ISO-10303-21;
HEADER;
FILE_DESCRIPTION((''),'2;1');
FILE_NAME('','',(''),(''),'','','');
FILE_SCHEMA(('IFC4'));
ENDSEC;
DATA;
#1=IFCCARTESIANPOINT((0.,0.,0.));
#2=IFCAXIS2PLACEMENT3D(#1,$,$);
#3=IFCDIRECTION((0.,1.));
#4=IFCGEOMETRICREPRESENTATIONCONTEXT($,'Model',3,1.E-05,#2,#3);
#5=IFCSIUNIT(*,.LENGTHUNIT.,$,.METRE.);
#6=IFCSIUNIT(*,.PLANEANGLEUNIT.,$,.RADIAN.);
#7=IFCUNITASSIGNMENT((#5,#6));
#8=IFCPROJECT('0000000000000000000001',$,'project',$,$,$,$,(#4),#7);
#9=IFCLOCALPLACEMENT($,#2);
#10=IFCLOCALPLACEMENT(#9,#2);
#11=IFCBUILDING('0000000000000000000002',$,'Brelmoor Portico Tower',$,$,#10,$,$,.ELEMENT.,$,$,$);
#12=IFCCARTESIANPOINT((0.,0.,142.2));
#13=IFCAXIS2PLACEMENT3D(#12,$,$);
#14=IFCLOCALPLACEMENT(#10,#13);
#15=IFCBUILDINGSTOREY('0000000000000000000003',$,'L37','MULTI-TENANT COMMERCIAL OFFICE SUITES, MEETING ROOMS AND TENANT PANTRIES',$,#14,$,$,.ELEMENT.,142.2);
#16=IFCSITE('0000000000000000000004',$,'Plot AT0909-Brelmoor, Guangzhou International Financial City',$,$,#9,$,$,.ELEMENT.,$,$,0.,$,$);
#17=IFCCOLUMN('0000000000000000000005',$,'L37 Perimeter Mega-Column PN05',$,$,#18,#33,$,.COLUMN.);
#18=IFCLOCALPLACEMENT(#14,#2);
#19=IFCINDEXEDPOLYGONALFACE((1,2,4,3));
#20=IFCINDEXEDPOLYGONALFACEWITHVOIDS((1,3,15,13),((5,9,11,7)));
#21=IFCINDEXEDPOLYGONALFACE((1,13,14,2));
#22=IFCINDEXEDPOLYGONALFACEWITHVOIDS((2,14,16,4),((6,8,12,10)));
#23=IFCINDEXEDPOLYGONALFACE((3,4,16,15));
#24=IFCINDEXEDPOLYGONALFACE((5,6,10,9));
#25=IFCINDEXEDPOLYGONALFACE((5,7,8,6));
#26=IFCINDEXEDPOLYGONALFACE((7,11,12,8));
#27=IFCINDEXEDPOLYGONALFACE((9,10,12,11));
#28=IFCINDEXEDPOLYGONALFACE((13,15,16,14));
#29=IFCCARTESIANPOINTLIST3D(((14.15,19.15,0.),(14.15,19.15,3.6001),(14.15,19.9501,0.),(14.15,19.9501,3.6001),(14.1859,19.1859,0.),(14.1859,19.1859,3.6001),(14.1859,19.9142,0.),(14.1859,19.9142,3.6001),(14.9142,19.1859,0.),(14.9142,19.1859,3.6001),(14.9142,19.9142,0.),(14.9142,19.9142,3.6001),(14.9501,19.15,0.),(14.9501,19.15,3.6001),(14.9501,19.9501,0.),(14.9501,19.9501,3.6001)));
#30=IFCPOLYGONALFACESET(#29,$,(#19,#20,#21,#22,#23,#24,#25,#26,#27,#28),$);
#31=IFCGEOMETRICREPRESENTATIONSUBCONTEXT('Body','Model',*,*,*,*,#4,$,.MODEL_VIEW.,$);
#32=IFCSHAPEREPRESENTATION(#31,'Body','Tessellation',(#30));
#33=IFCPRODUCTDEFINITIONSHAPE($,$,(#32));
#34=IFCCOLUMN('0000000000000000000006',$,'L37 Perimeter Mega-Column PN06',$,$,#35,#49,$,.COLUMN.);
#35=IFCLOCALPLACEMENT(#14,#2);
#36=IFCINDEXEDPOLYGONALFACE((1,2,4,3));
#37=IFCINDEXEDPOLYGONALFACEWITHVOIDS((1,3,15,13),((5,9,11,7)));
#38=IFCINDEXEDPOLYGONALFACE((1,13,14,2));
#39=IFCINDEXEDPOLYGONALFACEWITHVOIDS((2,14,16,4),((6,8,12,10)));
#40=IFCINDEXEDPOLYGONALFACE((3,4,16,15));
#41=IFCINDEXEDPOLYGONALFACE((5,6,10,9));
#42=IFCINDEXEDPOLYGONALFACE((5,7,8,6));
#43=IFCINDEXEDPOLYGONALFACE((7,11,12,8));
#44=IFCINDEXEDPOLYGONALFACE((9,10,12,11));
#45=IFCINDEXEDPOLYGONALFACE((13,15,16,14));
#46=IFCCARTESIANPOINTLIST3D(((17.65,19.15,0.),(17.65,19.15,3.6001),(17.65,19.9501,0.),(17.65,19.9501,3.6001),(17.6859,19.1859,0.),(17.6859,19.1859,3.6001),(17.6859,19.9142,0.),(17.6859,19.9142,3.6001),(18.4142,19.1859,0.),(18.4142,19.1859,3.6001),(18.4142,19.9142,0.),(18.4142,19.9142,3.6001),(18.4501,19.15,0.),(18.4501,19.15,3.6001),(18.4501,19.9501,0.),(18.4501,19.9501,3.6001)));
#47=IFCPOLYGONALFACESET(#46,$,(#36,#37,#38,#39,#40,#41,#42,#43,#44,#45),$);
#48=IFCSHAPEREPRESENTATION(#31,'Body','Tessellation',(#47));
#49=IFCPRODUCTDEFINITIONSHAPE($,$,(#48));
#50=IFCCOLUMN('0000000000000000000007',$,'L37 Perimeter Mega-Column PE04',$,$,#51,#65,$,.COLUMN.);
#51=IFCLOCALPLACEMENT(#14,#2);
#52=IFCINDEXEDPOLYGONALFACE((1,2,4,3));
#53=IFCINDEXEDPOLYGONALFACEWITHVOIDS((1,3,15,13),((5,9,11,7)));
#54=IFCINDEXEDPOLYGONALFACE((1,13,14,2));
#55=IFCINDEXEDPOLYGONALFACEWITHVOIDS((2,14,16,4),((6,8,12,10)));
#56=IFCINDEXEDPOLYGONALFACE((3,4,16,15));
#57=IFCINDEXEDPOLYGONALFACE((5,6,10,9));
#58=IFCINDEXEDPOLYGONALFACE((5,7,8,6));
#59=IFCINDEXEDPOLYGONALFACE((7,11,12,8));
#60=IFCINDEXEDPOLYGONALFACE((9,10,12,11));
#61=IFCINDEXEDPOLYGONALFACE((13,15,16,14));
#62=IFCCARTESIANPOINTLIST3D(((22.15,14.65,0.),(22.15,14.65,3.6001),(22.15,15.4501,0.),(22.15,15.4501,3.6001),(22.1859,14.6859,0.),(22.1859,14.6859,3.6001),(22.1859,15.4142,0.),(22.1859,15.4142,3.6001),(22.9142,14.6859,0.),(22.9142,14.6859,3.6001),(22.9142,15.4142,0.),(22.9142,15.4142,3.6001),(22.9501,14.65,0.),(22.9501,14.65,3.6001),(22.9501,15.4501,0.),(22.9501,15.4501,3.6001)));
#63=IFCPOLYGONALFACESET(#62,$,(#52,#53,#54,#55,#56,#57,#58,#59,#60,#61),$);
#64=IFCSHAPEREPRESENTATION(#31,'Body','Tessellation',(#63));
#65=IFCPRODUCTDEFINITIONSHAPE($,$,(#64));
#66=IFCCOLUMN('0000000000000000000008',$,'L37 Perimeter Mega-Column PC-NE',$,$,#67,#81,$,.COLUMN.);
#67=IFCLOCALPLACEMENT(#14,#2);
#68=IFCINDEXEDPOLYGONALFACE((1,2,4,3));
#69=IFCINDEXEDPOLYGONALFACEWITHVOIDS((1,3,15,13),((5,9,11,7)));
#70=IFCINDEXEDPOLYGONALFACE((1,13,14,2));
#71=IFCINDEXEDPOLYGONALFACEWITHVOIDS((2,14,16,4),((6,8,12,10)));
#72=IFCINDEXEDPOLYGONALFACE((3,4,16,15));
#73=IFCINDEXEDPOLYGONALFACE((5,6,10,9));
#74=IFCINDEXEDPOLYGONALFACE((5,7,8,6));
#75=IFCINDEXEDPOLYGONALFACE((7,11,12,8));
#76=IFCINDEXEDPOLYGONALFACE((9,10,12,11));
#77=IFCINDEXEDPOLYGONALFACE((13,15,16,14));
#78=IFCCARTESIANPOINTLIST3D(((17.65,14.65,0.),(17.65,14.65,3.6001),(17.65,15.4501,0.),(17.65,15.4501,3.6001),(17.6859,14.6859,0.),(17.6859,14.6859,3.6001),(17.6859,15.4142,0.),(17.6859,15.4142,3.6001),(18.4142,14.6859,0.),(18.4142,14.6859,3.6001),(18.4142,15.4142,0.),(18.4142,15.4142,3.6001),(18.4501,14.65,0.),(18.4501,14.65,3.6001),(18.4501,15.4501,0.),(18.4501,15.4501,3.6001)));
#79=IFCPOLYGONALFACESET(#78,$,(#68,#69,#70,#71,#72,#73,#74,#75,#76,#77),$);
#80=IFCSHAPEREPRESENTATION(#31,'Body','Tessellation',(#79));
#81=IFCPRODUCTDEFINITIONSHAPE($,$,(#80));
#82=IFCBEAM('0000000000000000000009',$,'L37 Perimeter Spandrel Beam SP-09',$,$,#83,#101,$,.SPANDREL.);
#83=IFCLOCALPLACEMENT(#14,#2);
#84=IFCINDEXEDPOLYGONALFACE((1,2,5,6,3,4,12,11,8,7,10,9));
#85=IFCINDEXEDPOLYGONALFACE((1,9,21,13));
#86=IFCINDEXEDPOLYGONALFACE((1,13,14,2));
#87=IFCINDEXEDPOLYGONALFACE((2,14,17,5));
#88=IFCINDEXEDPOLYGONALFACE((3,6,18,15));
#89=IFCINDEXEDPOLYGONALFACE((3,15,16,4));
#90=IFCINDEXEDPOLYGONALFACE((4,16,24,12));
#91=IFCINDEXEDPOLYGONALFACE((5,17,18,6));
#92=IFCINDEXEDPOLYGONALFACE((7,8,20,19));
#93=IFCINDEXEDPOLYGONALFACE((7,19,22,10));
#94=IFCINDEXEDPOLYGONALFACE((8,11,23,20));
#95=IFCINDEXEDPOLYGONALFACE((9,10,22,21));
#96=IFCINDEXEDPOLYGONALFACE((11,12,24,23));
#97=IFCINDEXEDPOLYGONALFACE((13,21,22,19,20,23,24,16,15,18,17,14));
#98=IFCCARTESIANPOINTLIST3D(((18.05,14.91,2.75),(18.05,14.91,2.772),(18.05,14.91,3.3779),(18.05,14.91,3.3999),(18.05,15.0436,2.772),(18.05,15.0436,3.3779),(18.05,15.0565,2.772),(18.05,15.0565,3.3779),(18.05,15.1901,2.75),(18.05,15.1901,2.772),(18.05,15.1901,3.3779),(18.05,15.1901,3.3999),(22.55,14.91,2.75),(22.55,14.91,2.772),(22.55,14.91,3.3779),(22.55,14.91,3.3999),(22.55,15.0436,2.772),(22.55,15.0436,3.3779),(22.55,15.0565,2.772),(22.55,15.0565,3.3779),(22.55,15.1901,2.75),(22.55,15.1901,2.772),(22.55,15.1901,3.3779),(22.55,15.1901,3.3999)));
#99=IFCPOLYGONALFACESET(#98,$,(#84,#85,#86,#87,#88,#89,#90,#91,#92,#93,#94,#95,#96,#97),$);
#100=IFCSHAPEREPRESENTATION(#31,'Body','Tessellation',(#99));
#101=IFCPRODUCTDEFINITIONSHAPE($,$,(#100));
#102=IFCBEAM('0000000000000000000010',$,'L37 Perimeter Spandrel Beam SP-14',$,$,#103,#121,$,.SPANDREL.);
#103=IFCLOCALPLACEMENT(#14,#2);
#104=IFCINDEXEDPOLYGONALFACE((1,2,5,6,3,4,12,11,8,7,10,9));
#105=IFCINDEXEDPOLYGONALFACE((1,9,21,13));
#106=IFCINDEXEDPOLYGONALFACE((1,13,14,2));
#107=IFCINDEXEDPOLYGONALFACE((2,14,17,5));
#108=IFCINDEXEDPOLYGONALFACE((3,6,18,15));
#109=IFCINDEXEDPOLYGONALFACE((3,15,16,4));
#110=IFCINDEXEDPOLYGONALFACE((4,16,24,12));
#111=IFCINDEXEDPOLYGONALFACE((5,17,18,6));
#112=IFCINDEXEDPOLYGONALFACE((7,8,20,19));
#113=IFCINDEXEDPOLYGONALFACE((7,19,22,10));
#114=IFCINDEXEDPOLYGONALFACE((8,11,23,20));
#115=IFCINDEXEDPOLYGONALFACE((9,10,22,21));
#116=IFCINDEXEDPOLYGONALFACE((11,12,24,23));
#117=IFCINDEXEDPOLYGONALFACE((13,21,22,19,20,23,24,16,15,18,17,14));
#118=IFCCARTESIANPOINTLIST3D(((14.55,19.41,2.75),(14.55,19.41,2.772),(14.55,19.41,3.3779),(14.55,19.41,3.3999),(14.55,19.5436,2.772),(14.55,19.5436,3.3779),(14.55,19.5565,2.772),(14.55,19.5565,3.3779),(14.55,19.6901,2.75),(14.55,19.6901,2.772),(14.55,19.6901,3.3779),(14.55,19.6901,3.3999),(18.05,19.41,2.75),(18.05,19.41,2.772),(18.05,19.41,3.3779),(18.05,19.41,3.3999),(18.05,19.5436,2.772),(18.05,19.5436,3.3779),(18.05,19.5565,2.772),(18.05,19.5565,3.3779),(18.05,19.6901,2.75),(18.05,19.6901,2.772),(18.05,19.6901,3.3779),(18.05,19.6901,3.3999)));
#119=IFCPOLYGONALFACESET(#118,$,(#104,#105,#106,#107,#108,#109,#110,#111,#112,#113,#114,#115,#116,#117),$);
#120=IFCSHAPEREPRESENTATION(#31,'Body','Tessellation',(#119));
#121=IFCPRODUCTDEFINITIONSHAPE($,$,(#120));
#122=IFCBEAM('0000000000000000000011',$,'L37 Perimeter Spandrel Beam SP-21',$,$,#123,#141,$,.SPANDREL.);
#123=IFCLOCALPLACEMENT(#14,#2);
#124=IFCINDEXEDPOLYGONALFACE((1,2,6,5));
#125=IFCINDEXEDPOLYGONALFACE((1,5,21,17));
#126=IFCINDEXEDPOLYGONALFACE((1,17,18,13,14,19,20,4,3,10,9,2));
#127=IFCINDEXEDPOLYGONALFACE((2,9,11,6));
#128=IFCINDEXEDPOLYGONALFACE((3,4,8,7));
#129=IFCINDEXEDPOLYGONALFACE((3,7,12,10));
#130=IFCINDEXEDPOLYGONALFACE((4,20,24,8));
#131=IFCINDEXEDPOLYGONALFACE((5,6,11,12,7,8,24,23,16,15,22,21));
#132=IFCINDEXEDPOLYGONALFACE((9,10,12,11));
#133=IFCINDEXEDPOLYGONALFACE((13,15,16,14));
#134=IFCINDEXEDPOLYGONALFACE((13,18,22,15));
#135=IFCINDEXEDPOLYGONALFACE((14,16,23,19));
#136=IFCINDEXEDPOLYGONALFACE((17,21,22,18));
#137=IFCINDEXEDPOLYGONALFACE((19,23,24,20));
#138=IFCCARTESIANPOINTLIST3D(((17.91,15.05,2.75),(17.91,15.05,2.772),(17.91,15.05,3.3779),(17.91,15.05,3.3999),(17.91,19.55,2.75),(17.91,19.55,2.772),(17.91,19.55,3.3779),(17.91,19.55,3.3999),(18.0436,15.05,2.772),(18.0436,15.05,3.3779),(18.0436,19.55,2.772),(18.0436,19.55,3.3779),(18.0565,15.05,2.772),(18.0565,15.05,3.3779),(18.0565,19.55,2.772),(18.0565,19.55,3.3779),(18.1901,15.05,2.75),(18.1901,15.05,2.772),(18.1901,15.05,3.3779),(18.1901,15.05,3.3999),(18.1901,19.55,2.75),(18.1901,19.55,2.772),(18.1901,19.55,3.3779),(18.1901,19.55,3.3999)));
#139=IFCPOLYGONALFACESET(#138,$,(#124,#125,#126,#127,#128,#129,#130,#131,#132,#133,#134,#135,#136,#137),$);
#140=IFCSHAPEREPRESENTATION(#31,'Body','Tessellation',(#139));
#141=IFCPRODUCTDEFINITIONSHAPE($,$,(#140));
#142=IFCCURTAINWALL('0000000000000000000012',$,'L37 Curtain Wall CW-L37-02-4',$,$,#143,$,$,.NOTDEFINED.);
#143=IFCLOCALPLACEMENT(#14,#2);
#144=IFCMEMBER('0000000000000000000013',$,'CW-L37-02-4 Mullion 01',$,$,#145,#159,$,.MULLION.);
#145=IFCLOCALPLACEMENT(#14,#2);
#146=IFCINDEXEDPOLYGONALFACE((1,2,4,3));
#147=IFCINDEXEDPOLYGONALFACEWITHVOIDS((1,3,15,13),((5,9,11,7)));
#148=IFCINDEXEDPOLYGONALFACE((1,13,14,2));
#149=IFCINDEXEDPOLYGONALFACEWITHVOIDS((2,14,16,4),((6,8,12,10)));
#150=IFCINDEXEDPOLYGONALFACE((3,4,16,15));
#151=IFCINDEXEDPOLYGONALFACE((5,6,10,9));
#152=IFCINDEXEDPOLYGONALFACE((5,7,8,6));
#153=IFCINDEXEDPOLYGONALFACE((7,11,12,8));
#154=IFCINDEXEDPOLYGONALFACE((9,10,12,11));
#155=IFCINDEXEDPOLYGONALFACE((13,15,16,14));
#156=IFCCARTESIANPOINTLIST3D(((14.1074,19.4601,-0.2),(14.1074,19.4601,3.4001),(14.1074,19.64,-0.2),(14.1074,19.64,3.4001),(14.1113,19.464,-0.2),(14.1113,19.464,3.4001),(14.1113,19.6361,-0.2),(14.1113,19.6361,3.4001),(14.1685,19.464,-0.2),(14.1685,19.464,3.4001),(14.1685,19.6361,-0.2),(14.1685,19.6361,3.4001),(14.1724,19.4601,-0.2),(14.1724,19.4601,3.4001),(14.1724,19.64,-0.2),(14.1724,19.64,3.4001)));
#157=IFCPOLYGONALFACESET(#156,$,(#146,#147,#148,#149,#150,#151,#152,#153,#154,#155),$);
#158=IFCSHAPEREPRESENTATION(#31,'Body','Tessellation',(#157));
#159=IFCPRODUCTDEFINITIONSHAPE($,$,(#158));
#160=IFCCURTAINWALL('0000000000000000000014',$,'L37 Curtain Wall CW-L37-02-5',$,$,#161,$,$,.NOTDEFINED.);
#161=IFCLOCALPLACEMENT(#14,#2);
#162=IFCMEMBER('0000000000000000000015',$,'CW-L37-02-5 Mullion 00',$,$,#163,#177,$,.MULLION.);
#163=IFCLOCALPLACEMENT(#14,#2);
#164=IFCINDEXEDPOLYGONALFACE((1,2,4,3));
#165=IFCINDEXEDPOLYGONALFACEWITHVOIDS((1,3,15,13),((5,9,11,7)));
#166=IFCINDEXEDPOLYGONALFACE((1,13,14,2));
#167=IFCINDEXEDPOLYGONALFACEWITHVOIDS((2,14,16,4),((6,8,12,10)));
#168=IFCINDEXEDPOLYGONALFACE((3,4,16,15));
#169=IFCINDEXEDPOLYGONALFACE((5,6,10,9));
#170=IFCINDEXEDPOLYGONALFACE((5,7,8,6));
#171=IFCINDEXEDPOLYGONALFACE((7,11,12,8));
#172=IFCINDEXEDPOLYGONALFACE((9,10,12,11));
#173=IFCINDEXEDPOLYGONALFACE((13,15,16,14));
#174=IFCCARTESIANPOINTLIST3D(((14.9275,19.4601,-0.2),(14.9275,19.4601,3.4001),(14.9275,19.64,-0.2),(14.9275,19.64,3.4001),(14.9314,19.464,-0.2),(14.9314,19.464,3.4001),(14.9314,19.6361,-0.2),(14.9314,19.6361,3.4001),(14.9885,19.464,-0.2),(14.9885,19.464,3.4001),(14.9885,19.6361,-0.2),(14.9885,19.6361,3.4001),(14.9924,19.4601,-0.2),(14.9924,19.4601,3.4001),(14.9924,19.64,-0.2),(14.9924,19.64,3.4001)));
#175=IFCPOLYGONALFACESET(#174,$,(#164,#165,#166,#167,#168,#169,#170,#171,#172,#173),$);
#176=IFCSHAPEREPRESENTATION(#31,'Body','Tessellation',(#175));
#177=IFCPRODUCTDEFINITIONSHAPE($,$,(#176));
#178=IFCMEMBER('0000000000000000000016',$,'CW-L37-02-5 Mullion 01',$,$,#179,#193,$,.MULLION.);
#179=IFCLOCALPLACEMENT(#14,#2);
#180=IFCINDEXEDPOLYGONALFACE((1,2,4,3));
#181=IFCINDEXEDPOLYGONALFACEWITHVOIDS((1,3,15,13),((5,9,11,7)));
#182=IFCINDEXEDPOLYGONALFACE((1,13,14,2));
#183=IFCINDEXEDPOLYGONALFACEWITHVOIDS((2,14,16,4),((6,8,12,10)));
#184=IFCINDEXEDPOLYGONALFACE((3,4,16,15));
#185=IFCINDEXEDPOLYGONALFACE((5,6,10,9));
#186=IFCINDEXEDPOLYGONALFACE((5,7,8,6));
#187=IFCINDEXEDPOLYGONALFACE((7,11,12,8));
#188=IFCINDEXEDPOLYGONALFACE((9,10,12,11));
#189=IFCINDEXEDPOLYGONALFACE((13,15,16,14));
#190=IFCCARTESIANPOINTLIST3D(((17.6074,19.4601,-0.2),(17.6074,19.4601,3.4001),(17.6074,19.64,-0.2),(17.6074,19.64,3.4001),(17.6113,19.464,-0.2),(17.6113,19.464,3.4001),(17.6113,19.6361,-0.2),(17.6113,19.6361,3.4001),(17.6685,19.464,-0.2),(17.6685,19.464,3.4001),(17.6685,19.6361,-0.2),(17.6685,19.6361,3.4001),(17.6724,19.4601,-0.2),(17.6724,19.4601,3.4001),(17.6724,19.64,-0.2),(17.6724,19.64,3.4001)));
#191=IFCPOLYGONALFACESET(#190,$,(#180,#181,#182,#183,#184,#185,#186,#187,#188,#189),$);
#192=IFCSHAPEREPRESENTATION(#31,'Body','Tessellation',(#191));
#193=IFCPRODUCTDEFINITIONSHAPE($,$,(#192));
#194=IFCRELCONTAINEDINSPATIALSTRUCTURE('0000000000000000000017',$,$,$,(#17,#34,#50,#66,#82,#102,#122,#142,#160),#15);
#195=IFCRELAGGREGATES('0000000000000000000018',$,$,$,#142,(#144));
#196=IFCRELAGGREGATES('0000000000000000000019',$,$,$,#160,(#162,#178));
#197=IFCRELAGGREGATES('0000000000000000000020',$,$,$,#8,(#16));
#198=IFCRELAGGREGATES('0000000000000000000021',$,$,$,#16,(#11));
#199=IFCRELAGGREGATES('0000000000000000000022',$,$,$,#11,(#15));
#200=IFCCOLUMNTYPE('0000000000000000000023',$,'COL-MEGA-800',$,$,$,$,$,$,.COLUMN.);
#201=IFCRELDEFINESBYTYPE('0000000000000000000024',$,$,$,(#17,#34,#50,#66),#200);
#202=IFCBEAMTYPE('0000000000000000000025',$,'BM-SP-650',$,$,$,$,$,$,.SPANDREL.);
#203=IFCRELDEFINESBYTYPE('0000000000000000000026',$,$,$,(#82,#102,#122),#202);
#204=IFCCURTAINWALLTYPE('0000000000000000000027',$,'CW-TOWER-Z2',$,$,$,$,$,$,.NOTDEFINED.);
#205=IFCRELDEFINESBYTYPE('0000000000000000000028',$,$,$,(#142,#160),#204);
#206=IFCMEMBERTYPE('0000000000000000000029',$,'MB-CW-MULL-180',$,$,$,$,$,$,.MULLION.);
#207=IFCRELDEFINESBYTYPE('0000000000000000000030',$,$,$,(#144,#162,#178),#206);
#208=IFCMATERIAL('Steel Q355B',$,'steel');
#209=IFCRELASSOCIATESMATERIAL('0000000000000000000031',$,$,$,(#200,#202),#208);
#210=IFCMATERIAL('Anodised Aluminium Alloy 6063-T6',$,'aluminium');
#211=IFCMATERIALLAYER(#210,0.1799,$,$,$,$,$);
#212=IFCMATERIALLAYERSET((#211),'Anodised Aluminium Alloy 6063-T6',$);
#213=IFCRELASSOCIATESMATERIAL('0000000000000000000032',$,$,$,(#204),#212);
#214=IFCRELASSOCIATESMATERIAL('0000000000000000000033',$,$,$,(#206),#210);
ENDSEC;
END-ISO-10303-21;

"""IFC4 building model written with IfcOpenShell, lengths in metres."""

from ifc_helpers import new_model, si_unit, direction, frame, origin, origin_2d, place, context, subcontext, project, spatial, hollow_rectangle, i_section, extrude, material, layer, layer_set, material_profile, profile_set, type_object, element, aggregate, save


model = new_model("IFC4")

# Units and contexts
model_context = context("Model", 3, precision=1e-05, world=origin(), true_north=direction((0.0, 1.0)))
body_context = subcontext(model_context, "Body", "Model", "MODEL_VIEW")
ifc_project = project(units=[si_unit("LENGTHUNIT", "METRE"), si_unit("PLANEANGLEUNIT", "RADIAN")], contexts=[model_context])

# Site, building, storey
site_placement = place(None, origin())
site = spatial("IfcSite", under=ifc_project, at=site_placement, Name="Plot AT0909-Brelmoor, Guangzhou International Financial City", CompositionType="ELEMENT", RefElevation=0.0)
building_placement = place(site_placement, origin())
building = spatial("IfcBuilding", under=site, at=building_placement, Name="Brelmoor Portico Tower", CompositionType="ELEMENT")
storey_placement = place(building_placement, frame((0.0, 0.0, 142.2)))
storey = spatial("IfcBuildingStorey", under=building, at=storey_placement, Name="L37", Description="MULTI-TENANT COMMERCIAL OFFICE SUITES, MEETING ROOMS AND TENANT PANTRIES", CompositionType="ELEMENT", Elevation=142.2)

# Columns
ifc_material_1 = material(Name="Steel Q355B", Category="steel")
ifc_material_profile_1 = material_profile(ifc_material_1, hollow_rectangle(XDim=0.8, YDim=0.8, WallThickness=0.0359, at=origin_2d()), Name="BOX 800x800x36")
ifc_profile_set_1 = profile_set([ifc_material_profile_1], Name="Steel Q355B")
column_type = type_object("IfcColumnType", Name="COL-MEGA-800", PredefinedType="COLUMN", material=ifc_profile_set_1)
for number, where, z_axis, x_axis, name in (
    (1, (14.55, 19.55, 0.0), (0.0, 0.0, 1.0), (1.0, 0.0, 0.0), "L37 Perimeter Mega-Column PN05"),
    (2, (18.05, 19.55, 0.0), (0.0, 0.0, 1.0), (1.0, 0.0, 0.0), "L37 Perimeter Mega-Column PN06"),
    (3, (22.55, 15.05, 0.0), (0.0, 0.0, 1.0), (0.0, 1.0, 0.0), "L37 Perimeter Mega-Column PE04"),
    (4, (18.05, 15.05, 0.0), (0.0, 0.0, 1.0), (1.0, 0.0, 0.0), "L37 Perimeter Mega-Column PC-NE"),
):
    element("IfcColumn", number, at=place(storey_placement, frame(where, z_axis=z_axis, x_axis=x_axis)), inside=storey, type_object=column_type, Name=name, PredefinedType="COLUMN", context=body_context, shape_type="SweptSolid", body=[
        extrude(hollow_rectangle(XDim=0.8, YDim=0.8, WallThickness=0.0359, at=origin_2d()), origin(), (0.0, 0.0, 1.0), 3.6001),
    ])

# Beams
ifc_material_profile_2 = material_profile(ifc_material_1, i_section(OverallWidth=0.28, OverallDepth=0.6499, WebThickness=0.0129, FlangeThickness=0.022, at=origin_2d()), Name="HN 650x280x13x22")
ifc_profile_set_2 = profile_set([ifc_material_profile_2], Name="Steel Q355B")
beam_type = type_object("IfcBeamType", Name="BM-SP-650", PredefinedType="SPANDREL", material=ifc_profile_set_2)
beam_1_placement = place(storey_placement, frame((18.05, 15.05, 3.075), z_axis=(1.0, 0.0, 0.0), x_axis=(0.0, 1.0, 0.0)))
element("IfcBeam", 5, at=beam_1_placement, inside=storey, type_object=beam_type, Name="L37 Perimeter Spandrel Beam SP-09", PredefinedType="SPANDREL", context=body_context, shape_type="SweptSolid", body=[
    extrude(i_section(OverallWidth=0.28, OverallDepth=0.6499, WebThickness=0.0129, FlangeThickness=0.022, at=origin_2d()), origin(), (0.0, 0.0, 1.0), 4.5),
])
beam_2_placement = place(storey_placement, frame((14.55, 19.55, 3.075), z_axis=(1.0, 0.0, 0.0), x_axis=(0.0, 1.0, 0.0)))
element("IfcBeam", 6, at=beam_2_placement, inside=storey, type_object=beam_type, Name="L37 Perimeter Spandrel Beam SP-14", PredefinedType="SPANDREL", context=body_context, shape_type="SweptSolid", body=[
    extrude(i_section(OverallWidth=0.28, OverallDepth=0.6499, WebThickness=0.0129, FlangeThickness=0.022, at=origin_2d()), origin(), (0.0, 0.0, 1.0), 3.5),
])
beam_3_placement = place(storey_placement, frame((18.05, 15.05, 3.075), z_axis=(0.0, 1.0, 0.0), x_axis=(-1.0, 0.0, 0.0)))
element("IfcBeam", 7, at=beam_3_placement, inside=storey, type_object=beam_type, Name="L37 Perimeter Spandrel Beam SP-21", PredefinedType="SPANDREL", context=body_context, shape_type="SweptSolid", body=[
    extrude(i_section(OverallWidth=0.28, OverallDepth=0.6499, WebThickness=0.0129, FlangeThickness=0.022, at=origin_2d()), origin(), (0.0, 0.0, 1.0), 4.5),
])

# Curtain wall, member
ifc_material_2 = material(Name="Anodised Aluminium Alloy 6063-T6", Category="aluminium")
ifc_layer_1 = layer(ifc_material_2, 0.1799)
ifc_layer_set_1 = layer_set([ifc_layer_1], Name="Anodised Aluminium Alloy 6063-T6")
curtain_wall_type = type_object("IfcCurtainWallType", Name="CW-TOWER-Z2", PredefinedType="NOTDEFINED", material=ifc_layer_set_1)
curtain_wall_1_placement = place(storey_placement, origin())
curtain_wall_1 = element("IfcCurtainWall", 8, at=curtain_wall_1_placement, inside=storey, type_object=curtain_wall_type, Name="L37 Curtain Wall CW-L37-02-4", PredefinedType="NOTDEFINED")
ifc_material_profile_3 = material_profile(ifc_material_2, hollow_rectangle(XDim=0.0649, YDim=0.1799, WallThickness=0.0039, at=origin_2d()), Name="ALU MULLION 65x180")
ifc_profile_set_3 = profile_set([ifc_material_profile_3], Name="Anodised Aluminium Alloy 6063-T6")
member_type_1 = type_object("IfcMemberType", Name="MB-CW-MULL-180", PredefinedType="MULLION", material=ifc_profile_set_3)
member_1_placement = place(storey_placement, frame((14.1399, 19.55, -0.2), z_axis=(0.0, 0.0, 1.0), x_axis=(1.0, 0.0, 0.0)))
member_1 = element("IfcMember", 9, at=member_1_placement, type_object=member_type_1, Name="CW-L37-02-4 Mullion 01", PredefinedType="MULLION", context=body_context, shape_type="SweptSolid", body=[
    extrude(hollow_rectangle(XDim=0.0649, YDim=0.1799, WallThickness=0.0039, at=origin_2d()), origin(), (0.0, 0.0, 1.0), 3.6001),
])
aggregate(curtain_wall_1, [member_1])

# Curtain wall, members
curtain_wall_2_placement = place(storey_placement, origin())
curtain_wall_2 = element("IfcCurtainWall", 10, at=curtain_wall_2_placement, inside=storey, type_object=curtain_wall_type, Name="L37 Curtain Wall CW-L37-02-5", PredefinedType="NOTDEFINED")
member_2_placement = place(storey_placement, frame((14.96, 19.55, -0.2), z_axis=(0.0, 0.0, 1.0), x_axis=(1.0, 0.0, 0.0)))
member_2 = element("IfcMember", 11, at=member_2_placement, type_object=member_type_1, Name="CW-L37-02-5 Mullion 00", PredefinedType="MULLION", context=body_context, shape_type="SweptSolid", body=[
    extrude(hollow_rectangle(XDim=0.0649, YDim=0.1799, WallThickness=0.0039, at=origin_2d()), origin(), (0.0, 0.0, 1.0), 3.6001),
])
member_3_placement = place(storey_placement, frame((17.6399, 19.55, -0.2), z_axis=(0.0, 0.0, 1.0), x_axis=(1.0, 0.0, 0.0)))
member_3 = element("IfcMember", 12, at=member_3_placement, type_object=member_type_1, Name="CW-L37-02-5 Mullion 01", PredefinedType="MULLION", context=body_context, shape_type="SweptSolid", body=[
    extrude(hollow_rectangle(XDim=0.0649, YDim=0.1799, WallThickness=0.0039, at=origin_2d()), origin(), (0.0, 0.0, 1.0), 3.6001),
])

aggregate(curtain_wall_2, [member_2, member_3])

save(model, "model.ifc")
